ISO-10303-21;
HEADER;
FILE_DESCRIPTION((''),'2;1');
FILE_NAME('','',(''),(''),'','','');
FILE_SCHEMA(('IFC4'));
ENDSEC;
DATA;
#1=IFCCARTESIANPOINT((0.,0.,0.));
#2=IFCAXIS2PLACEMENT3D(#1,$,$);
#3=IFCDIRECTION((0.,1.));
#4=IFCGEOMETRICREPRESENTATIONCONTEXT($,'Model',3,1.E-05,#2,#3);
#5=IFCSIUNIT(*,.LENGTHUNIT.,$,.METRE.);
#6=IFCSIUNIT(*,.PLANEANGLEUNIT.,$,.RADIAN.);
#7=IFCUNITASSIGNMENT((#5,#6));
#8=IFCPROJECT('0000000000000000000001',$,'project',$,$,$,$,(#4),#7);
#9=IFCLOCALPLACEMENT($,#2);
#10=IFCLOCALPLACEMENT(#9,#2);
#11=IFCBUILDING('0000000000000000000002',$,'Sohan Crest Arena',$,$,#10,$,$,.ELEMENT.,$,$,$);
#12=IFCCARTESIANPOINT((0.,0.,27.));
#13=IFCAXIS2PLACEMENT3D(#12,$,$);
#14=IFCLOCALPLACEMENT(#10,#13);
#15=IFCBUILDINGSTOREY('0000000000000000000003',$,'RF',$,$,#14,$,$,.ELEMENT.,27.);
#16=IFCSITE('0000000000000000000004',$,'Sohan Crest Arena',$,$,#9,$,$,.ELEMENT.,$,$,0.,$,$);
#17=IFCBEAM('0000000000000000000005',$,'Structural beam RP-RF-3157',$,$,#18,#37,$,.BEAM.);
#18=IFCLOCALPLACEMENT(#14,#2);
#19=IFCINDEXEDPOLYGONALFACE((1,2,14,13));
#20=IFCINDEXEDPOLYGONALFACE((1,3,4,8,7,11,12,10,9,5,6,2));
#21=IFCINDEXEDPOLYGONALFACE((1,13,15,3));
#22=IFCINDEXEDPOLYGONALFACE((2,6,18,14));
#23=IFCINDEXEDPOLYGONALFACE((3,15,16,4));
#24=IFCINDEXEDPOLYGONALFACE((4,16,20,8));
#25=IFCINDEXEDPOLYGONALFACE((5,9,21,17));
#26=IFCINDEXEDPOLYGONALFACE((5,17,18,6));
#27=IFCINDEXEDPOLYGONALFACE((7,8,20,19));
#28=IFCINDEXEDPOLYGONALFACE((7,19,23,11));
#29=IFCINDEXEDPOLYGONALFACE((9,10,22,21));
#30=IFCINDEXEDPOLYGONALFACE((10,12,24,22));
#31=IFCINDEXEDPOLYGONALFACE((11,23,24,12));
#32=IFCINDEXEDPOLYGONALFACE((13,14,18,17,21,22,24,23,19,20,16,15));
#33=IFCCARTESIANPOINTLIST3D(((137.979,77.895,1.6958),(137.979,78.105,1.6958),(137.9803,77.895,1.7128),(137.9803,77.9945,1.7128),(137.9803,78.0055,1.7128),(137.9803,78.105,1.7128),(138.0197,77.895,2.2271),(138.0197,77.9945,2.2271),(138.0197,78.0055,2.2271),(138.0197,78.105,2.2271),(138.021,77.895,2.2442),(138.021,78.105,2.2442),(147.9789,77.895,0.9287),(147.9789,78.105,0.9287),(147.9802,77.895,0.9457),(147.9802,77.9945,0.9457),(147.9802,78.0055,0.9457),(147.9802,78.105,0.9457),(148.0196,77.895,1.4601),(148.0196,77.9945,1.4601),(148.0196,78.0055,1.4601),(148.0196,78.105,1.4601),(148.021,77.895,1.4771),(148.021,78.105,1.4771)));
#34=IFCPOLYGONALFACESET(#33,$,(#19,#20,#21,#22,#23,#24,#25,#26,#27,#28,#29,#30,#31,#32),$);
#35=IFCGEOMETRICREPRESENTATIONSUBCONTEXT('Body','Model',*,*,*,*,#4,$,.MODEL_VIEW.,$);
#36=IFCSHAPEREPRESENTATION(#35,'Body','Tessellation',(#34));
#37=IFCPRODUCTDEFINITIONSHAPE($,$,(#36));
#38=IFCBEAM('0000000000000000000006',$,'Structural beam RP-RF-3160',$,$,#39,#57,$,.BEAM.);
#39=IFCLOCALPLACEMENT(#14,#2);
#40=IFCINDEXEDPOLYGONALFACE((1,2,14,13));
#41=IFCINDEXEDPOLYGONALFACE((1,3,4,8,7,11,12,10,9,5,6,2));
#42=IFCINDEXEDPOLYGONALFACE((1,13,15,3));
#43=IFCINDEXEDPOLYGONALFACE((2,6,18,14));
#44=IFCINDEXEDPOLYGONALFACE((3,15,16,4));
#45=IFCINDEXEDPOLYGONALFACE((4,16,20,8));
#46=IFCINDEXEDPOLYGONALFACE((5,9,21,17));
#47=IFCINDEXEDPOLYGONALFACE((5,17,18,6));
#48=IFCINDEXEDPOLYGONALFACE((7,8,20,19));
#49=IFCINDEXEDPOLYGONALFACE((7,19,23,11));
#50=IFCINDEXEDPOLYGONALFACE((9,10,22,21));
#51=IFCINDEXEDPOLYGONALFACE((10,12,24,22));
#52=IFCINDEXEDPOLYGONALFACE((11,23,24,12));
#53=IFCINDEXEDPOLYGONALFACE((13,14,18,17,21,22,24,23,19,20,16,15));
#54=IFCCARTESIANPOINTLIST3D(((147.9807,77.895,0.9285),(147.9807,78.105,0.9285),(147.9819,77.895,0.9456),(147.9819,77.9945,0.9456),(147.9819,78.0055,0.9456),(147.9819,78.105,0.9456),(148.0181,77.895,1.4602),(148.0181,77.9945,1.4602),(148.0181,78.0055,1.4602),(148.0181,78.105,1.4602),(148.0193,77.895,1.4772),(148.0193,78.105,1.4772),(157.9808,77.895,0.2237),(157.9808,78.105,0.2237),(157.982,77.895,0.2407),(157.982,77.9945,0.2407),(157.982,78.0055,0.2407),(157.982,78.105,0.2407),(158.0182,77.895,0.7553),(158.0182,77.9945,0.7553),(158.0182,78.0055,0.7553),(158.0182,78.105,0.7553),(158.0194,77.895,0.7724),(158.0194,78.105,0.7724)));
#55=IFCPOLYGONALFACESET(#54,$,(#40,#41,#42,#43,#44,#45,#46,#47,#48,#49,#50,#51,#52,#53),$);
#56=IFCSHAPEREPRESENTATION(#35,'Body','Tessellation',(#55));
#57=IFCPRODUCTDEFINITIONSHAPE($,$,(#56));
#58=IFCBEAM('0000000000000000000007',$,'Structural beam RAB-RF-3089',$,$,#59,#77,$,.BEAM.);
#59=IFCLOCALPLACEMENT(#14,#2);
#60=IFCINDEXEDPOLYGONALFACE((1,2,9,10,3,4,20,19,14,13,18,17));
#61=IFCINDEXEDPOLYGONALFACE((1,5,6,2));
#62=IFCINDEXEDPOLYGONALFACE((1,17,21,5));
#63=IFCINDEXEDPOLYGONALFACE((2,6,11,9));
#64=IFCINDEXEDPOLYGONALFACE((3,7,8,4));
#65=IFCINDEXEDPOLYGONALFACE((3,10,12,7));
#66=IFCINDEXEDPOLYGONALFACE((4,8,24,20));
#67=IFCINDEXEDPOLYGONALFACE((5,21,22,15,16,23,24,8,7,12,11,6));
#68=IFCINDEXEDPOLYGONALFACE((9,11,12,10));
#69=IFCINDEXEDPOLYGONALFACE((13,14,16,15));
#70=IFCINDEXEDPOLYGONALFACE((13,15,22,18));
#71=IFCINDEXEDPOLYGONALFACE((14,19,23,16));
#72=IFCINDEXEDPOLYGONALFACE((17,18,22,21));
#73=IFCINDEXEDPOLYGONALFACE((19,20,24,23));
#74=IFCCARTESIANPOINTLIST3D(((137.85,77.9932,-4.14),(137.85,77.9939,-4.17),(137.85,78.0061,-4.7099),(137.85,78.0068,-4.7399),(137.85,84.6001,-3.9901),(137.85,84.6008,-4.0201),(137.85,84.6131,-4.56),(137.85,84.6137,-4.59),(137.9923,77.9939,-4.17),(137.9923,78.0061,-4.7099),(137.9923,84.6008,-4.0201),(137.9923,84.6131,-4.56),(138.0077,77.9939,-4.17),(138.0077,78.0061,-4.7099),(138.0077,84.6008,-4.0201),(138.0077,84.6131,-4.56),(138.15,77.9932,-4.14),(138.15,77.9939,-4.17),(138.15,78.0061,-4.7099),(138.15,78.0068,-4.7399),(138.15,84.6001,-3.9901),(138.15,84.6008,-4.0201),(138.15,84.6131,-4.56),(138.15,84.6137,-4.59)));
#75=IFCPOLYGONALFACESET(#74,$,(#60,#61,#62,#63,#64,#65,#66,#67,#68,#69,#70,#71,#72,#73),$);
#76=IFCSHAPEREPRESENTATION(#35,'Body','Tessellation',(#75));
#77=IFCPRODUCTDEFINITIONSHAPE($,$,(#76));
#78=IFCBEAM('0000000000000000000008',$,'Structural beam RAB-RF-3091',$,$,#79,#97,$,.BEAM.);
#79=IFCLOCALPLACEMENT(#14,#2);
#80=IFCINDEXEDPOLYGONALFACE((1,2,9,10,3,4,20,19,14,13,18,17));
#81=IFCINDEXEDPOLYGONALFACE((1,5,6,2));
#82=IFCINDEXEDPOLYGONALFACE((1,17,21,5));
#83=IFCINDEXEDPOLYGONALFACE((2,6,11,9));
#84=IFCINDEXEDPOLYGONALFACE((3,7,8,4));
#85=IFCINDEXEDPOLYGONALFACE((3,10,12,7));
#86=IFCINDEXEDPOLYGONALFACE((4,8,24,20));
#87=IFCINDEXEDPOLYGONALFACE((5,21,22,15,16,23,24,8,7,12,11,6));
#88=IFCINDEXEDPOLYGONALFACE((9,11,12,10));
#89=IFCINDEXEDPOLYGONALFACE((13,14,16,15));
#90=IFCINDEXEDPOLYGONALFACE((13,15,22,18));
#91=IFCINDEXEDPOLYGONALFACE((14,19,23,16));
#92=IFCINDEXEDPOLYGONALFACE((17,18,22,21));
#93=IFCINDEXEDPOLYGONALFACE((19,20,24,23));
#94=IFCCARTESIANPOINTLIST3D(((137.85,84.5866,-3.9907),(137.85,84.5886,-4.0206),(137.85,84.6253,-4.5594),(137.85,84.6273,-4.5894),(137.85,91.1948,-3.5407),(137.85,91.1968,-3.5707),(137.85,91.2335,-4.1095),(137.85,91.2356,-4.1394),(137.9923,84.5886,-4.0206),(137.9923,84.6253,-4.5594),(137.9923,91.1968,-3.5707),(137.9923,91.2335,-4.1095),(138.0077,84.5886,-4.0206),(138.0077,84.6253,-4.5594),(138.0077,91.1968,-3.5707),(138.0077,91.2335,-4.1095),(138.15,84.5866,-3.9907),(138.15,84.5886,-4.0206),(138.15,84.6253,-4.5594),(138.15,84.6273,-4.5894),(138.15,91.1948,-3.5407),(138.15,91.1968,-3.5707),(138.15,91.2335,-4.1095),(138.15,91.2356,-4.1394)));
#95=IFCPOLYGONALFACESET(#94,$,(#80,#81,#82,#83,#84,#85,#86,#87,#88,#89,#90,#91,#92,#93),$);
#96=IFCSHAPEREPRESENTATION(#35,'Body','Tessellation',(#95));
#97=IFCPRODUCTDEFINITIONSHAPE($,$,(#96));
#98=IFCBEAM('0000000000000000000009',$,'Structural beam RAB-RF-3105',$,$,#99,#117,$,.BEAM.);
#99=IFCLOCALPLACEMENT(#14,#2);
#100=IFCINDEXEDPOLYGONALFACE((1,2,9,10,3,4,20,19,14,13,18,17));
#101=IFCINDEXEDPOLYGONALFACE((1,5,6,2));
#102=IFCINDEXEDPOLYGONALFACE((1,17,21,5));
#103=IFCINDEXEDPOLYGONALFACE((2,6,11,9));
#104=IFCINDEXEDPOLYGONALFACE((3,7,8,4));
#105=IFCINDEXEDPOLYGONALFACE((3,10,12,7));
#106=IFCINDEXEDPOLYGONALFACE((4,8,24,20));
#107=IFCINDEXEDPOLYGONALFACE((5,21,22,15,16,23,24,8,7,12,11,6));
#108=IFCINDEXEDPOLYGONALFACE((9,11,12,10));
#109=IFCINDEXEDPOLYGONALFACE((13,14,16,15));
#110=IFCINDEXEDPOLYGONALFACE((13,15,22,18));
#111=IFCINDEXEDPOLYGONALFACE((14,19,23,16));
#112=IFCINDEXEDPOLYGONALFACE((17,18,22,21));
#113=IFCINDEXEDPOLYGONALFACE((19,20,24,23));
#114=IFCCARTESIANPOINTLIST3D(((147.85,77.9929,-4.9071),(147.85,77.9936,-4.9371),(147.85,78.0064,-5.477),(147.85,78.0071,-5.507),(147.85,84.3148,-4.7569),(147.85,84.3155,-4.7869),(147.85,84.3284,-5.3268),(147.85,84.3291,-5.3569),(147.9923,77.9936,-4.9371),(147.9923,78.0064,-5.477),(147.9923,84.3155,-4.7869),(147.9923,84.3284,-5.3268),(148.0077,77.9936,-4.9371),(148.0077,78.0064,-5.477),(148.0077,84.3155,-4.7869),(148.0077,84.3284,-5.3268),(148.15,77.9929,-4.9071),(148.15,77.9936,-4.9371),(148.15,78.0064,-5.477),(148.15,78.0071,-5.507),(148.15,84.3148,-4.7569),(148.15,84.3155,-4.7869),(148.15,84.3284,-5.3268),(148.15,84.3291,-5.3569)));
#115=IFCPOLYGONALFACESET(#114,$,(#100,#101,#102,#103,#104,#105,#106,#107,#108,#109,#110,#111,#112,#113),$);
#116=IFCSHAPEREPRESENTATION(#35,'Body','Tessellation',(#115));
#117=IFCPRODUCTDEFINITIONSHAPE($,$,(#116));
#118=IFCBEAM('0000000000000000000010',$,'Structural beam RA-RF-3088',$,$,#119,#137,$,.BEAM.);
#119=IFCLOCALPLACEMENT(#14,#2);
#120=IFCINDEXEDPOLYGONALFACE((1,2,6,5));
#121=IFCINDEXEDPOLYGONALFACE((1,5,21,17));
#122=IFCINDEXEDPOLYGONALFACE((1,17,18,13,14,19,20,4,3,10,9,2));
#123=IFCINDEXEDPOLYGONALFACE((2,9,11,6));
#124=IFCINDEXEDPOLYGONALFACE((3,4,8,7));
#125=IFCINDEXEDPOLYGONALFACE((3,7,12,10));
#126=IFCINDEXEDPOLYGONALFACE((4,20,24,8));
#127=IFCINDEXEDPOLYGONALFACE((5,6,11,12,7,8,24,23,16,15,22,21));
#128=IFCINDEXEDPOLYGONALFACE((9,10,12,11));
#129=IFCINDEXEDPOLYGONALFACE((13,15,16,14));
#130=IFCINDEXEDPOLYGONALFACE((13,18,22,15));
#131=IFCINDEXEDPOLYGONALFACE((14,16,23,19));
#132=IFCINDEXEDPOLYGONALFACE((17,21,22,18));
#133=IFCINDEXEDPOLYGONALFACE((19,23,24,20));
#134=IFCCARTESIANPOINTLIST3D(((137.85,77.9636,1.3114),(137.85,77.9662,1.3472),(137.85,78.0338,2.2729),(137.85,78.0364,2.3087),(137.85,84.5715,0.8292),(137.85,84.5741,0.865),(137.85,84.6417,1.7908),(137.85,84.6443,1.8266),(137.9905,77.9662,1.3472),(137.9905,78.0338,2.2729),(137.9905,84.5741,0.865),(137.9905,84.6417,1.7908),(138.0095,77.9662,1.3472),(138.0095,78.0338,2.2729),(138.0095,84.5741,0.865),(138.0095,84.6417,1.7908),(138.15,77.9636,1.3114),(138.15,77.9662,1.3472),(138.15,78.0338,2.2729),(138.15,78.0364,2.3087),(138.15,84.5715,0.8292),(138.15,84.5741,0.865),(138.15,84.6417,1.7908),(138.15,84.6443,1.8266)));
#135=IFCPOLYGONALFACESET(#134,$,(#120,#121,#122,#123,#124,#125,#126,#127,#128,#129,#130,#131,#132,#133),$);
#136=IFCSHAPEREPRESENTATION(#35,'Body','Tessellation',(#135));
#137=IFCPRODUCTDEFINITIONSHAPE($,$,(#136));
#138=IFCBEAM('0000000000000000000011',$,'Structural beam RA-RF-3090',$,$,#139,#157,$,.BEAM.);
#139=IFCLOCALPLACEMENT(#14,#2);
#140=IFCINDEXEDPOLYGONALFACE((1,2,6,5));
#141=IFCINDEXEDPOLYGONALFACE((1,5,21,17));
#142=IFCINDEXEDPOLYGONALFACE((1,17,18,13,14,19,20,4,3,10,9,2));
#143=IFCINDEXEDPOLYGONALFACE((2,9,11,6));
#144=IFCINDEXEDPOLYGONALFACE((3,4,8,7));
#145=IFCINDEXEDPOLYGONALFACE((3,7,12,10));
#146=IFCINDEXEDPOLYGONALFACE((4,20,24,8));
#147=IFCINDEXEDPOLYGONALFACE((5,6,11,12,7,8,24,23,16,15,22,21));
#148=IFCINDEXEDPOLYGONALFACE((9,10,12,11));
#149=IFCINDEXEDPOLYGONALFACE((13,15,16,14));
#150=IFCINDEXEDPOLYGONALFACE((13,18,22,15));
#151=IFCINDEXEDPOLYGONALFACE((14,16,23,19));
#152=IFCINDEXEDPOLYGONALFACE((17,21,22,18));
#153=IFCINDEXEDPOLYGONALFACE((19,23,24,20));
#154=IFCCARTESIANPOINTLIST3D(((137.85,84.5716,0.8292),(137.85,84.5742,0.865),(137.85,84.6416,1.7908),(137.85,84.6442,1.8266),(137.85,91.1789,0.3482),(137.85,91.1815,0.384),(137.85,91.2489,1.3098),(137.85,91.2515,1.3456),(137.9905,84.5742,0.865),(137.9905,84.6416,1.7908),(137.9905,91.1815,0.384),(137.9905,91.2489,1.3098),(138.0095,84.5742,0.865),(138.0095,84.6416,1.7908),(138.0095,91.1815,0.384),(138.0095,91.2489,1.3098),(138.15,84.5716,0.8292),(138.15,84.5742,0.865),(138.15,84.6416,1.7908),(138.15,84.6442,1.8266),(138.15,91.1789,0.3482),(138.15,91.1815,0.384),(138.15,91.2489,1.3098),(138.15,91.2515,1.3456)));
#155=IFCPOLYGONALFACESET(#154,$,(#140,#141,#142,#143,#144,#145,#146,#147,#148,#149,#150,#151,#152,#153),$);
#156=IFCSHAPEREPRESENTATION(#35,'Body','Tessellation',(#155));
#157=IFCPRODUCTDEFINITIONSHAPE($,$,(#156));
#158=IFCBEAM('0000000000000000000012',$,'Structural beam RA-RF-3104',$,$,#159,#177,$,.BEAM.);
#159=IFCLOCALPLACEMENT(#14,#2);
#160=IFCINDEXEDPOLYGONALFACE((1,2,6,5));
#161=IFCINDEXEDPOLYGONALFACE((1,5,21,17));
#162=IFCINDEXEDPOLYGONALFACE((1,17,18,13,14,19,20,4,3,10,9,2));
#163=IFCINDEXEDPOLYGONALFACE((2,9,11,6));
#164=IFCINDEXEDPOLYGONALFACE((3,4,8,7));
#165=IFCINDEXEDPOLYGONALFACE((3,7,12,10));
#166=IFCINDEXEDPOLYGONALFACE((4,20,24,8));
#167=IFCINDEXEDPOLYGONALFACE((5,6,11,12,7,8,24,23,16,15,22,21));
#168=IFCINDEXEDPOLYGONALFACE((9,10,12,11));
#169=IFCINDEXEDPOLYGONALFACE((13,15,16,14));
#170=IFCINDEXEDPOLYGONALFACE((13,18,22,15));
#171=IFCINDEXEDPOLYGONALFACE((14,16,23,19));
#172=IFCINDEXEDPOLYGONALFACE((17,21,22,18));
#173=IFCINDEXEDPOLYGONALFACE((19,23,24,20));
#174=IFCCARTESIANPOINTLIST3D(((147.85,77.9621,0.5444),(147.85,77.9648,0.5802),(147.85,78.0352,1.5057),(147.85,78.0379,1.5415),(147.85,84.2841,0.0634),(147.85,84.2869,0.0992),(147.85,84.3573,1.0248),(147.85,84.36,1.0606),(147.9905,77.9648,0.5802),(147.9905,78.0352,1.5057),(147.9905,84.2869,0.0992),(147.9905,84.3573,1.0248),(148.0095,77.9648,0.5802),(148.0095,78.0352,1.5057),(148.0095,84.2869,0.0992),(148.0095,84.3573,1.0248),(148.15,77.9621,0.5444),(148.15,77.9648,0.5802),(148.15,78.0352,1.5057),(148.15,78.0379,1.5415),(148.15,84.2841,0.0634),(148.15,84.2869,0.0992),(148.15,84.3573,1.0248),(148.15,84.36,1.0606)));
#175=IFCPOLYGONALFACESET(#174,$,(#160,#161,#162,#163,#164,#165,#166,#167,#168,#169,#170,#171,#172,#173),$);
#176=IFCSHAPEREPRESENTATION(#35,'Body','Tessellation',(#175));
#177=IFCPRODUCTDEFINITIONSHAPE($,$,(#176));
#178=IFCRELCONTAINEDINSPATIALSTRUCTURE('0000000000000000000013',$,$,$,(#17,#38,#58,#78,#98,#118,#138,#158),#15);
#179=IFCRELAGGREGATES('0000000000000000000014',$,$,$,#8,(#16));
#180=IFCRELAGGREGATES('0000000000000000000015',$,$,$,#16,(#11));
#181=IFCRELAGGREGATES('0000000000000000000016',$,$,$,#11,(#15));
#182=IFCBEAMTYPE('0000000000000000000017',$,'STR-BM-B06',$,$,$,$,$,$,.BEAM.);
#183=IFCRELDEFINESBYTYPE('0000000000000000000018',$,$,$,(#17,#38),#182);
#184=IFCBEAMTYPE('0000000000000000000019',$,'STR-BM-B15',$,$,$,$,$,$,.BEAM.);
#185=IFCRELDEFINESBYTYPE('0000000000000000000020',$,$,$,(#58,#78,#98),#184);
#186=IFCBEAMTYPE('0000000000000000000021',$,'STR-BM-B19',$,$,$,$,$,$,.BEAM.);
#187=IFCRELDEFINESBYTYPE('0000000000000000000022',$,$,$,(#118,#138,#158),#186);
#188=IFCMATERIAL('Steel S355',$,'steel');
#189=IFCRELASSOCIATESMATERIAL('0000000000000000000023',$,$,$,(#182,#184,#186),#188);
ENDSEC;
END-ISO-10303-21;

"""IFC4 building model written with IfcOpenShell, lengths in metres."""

from ifc_helpers import new_model, si_unit, direction, frame, origin, origin_2d, place, context, subcontext, project, spatial, i_section, extrude, material, material_profile, profile_set, type_object, element, save


model = new_model("IFC4")

# Units and contexts
model_context = context("Model", 3, precision=1e-05, world=origin(), true_north=direction((0.0, 1.0)))
body_context = subcontext(model_context, "Body", "Model", "MODEL_VIEW")
ifc_project = project(units=[si_unit("LENGTHUNIT", "METRE"), si_unit("PLANEANGLEUNIT", "RADIAN")], contexts=[model_context])

# Site, building, storey
site_placement = place(None, origin())
site = spatial("IfcSite", under=ifc_project, at=site_placement, Name="Sohan Crest Arena", CompositionType="ELEMENT", RefElevation=0.0)
building_placement = place(site_placement, origin())
building = spatial("IfcBuilding", under=site, at=building_placement, Name="Sohan Crest Arena", CompositionType="ELEMENT")
storey_placement = place(building_placement, frame((0.0, 0.0, 27.0)))
storey = spatial("IfcBuildingStorey", under=building, at=storey_placement, Name="RF", CompositionType="ELEMENT", Elevation=27.0)

# Beams
ifc_material_1 = material(Name="Steel S355", Category="steel")
ifc_material_profile_1 = material_profile(ifc_material_1, i_section(OverallWidth=0.21, OverallDepth=0.55, WebThickness=0.011, FlangeThickness=0.0171, at=origin_2d()), Name="IPE 550")
ifc_profile_set_1 = profile_set([ifc_material_profile_1], Name="Steel S355")
beam_type_1 = type_object("IfcBeamType", Name="STR-BM-B06", PredefinedType="BEAM", material=ifc_profile_set_1)
beam_1_placement = place(storey_placement, frame((138.0, 78.0, 1.97), z_axis=(0.997071, 0.0, -0.076484), x_axis=(0.0, 1.0, 0.0)))
element("IfcBeam", 1, at=beam_1_placement, inside=storey, type_object=beam_type_1, Name="Structural beam RP-RF-3157", PredefinedType="BEAM", context=body_context, shape_type="SweptSolid", body=[
    extrude(i_section(OverallWidth=0.21, OverallDepth=0.55, WebThickness=0.011, FlangeThickness=0.0171, at=origin_2d()), origin(), (0.0, 0.0, 1.0), 10.0293),
])
beam_2_placement = place(storey_placement, frame((148.0, 78.0, 1.2029), z_axis=(0.997525, 0.0, -0.070309), x_axis=(0.0, 1.0, 0.0)))
element("IfcBeam", 2, at=beam_2_placement, inside=storey, type_object=beam_type_1, Name="Structural beam RP-RF-3160", PredefinedType="BEAM", context=body_context, shape_type="SweptSolid", body=[
    extrude(i_section(OverallWidth=0.21, OverallDepth=0.55, WebThickness=0.011, FlangeThickness=0.0171, at=origin_2d()), origin(), (0.0, 0.0, 1.0), 10.0249),
])
ifc_material_profile_2 = material_profile(ifc_material_1, i_section(OverallWidth=0.3, OverallDepth=0.6001, WebThickness=0.0154, FlangeThickness=0.03, at=origin_2d()), Name="HEB 600")
ifc_profile_set_2 = profile_set([ifc_material_profile_2], Name="Steel S355")
beam_type_2 = type_object("IfcBeamType", Name="STR-BM-B15", PredefinedType="BEAM", material=ifc_profile_set_2)
beam_3_placement = place(storey_placement, frame((138.0, 78.0, -4.4399), z_axis=(0.0, 0.999743, 0.022683), x_axis=(-1.0, 0.0, 0.0)))
element("IfcBeam", 3, at=beam_3_placement, inside=storey, type_object=beam_type_2, Name="Structural beam RAB-RF-3089", PredefinedType="BEAM", context=body_context, shape_type="SweptSolid", body=[
    extrude(i_section(OverallWidth=0.3, OverallDepth=0.6001, WebThickness=0.0154, FlangeThickness=0.03, at=origin_2d()), origin(), (0.0, 0.0, 1.0), 6.6086),
])
beam_4_placement = place(storey_placement, frame((138.0, 84.6069, -4.29), z_axis=(0.0, 0.99769, 0.067933), x_axis=(-1.0, 0.0, 0.0)))
element("IfcBeam", 4, at=beam_4_placement, inside=storey, type_object=beam_type_2, Name="Structural beam RAB-RF-3091", PredefinedType="BEAM", context=body_context, shape_type="SweptSolid", body=[
    extrude(i_section(OverallWidth=0.3, OverallDepth=0.6001, WebThickness=0.0154, FlangeThickness=0.03, at=origin_2d()), origin(), (0.0, 0.0, 1.0), 6.6235),
])
beam_5_placement = place(storey_placement, frame((148.0, 78.0, -5.207), z_axis=(0.0, 0.999718, 0.023743), x_axis=(-1.0, 0.0, 0.0)))
element("IfcBeam", 5, at=beam_5_placement, inside=storey, type_object=beam_type_2, Name="Structural beam RAB-RF-3105", PredefinedType="BEAM", context=body_context, shape_type="SweptSolid", body=[
    extrude(i_section(OverallWidth=0.3, OverallDepth=0.6001, WebThickness=0.0154, FlangeThickness=0.03, at=origin_2d()), origin(), (0.0, 0.0, 1.0), 6.3237),
])
ifc_material_profile_3 = material_profile(ifc_material_1, i_section(OverallWidth=0.3, OverallDepth=1.0, WebThickness=0.019, FlangeThickness=0.0359, at=origin_2d()), Name="HEB 1000")
ifc_profile_set_3 = profile_set([ifc_material_profile_3], Name="Steel S355")
beam_type_3 = type_object("IfcBeamType", Name="STR-BM-B19", PredefinedType="BEAM", material=ifc_profile_set_3)
beam_6_placement = place(storey_placement, frame((138.0, 78.0, 1.8101), z_axis=(0.0, 0.997348, -0.072776), x_axis=(-1.0, 0.0, 0.0)))
element("IfcBeam", 6, at=beam_6_placement, inside=storey, type_object=beam_type_3, Name="Structural beam RA-RF-3088", PredefinedType="BEAM", context=body_context, shape_type="SweptSolid", body=[
    extrude(i_section(OverallWidth=0.3, OverallDepth=1.0, WebThickness=0.019, FlangeThickness=0.0359, at=origin_2d()), origin(), (0.0, 0.0, 1.0), 6.6255),
])
beam_7_placement = place(storey_placement, frame((138.0, 84.6079, 1.3279), z_axis=(0.0, 0.997361, -0.072601), x_axis=(-1.0, 0.0, 0.0)))
element("IfcBeam", 7, at=beam_7_placement, inside=storey, type_object=beam_type_3, Name="Structural beam RA-RF-3090", PredefinedType="BEAM", context=body_context, shape_type="SweptSolid", body=[
    extrude(i_section(OverallWidth=0.3, OverallDepth=1.0, WebThickness=0.019, FlangeThickness=0.0359, at=origin_2d()), origin(), (0.0, 0.0, 1.0), 6.6248),
])
beam_8_placement = place(storey_placement, frame((148.0, 78.0, 1.043), z_axis=(0.0, 0.997119, -0.075857), x_axis=(-1.0, 0.0, 0.0)))
element("IfcBeam", 8, at=beam_8_placement, inside=storey, type_object=beam_type_3, Name="Structural beam RA-RF-3104", PredefinedType="BEAM", context=body_context, shape_type="SweptSolid", body=[
    extrude(i_section(OverallWidth=0.3, OverallDepth=1.0, WebThickness=0.019, FlangeThickness=0.0359, at=origin_2d()), origin(), (0.0, 0.0, 1.0), 6.3403),
])

save(model, "model.ifc")
